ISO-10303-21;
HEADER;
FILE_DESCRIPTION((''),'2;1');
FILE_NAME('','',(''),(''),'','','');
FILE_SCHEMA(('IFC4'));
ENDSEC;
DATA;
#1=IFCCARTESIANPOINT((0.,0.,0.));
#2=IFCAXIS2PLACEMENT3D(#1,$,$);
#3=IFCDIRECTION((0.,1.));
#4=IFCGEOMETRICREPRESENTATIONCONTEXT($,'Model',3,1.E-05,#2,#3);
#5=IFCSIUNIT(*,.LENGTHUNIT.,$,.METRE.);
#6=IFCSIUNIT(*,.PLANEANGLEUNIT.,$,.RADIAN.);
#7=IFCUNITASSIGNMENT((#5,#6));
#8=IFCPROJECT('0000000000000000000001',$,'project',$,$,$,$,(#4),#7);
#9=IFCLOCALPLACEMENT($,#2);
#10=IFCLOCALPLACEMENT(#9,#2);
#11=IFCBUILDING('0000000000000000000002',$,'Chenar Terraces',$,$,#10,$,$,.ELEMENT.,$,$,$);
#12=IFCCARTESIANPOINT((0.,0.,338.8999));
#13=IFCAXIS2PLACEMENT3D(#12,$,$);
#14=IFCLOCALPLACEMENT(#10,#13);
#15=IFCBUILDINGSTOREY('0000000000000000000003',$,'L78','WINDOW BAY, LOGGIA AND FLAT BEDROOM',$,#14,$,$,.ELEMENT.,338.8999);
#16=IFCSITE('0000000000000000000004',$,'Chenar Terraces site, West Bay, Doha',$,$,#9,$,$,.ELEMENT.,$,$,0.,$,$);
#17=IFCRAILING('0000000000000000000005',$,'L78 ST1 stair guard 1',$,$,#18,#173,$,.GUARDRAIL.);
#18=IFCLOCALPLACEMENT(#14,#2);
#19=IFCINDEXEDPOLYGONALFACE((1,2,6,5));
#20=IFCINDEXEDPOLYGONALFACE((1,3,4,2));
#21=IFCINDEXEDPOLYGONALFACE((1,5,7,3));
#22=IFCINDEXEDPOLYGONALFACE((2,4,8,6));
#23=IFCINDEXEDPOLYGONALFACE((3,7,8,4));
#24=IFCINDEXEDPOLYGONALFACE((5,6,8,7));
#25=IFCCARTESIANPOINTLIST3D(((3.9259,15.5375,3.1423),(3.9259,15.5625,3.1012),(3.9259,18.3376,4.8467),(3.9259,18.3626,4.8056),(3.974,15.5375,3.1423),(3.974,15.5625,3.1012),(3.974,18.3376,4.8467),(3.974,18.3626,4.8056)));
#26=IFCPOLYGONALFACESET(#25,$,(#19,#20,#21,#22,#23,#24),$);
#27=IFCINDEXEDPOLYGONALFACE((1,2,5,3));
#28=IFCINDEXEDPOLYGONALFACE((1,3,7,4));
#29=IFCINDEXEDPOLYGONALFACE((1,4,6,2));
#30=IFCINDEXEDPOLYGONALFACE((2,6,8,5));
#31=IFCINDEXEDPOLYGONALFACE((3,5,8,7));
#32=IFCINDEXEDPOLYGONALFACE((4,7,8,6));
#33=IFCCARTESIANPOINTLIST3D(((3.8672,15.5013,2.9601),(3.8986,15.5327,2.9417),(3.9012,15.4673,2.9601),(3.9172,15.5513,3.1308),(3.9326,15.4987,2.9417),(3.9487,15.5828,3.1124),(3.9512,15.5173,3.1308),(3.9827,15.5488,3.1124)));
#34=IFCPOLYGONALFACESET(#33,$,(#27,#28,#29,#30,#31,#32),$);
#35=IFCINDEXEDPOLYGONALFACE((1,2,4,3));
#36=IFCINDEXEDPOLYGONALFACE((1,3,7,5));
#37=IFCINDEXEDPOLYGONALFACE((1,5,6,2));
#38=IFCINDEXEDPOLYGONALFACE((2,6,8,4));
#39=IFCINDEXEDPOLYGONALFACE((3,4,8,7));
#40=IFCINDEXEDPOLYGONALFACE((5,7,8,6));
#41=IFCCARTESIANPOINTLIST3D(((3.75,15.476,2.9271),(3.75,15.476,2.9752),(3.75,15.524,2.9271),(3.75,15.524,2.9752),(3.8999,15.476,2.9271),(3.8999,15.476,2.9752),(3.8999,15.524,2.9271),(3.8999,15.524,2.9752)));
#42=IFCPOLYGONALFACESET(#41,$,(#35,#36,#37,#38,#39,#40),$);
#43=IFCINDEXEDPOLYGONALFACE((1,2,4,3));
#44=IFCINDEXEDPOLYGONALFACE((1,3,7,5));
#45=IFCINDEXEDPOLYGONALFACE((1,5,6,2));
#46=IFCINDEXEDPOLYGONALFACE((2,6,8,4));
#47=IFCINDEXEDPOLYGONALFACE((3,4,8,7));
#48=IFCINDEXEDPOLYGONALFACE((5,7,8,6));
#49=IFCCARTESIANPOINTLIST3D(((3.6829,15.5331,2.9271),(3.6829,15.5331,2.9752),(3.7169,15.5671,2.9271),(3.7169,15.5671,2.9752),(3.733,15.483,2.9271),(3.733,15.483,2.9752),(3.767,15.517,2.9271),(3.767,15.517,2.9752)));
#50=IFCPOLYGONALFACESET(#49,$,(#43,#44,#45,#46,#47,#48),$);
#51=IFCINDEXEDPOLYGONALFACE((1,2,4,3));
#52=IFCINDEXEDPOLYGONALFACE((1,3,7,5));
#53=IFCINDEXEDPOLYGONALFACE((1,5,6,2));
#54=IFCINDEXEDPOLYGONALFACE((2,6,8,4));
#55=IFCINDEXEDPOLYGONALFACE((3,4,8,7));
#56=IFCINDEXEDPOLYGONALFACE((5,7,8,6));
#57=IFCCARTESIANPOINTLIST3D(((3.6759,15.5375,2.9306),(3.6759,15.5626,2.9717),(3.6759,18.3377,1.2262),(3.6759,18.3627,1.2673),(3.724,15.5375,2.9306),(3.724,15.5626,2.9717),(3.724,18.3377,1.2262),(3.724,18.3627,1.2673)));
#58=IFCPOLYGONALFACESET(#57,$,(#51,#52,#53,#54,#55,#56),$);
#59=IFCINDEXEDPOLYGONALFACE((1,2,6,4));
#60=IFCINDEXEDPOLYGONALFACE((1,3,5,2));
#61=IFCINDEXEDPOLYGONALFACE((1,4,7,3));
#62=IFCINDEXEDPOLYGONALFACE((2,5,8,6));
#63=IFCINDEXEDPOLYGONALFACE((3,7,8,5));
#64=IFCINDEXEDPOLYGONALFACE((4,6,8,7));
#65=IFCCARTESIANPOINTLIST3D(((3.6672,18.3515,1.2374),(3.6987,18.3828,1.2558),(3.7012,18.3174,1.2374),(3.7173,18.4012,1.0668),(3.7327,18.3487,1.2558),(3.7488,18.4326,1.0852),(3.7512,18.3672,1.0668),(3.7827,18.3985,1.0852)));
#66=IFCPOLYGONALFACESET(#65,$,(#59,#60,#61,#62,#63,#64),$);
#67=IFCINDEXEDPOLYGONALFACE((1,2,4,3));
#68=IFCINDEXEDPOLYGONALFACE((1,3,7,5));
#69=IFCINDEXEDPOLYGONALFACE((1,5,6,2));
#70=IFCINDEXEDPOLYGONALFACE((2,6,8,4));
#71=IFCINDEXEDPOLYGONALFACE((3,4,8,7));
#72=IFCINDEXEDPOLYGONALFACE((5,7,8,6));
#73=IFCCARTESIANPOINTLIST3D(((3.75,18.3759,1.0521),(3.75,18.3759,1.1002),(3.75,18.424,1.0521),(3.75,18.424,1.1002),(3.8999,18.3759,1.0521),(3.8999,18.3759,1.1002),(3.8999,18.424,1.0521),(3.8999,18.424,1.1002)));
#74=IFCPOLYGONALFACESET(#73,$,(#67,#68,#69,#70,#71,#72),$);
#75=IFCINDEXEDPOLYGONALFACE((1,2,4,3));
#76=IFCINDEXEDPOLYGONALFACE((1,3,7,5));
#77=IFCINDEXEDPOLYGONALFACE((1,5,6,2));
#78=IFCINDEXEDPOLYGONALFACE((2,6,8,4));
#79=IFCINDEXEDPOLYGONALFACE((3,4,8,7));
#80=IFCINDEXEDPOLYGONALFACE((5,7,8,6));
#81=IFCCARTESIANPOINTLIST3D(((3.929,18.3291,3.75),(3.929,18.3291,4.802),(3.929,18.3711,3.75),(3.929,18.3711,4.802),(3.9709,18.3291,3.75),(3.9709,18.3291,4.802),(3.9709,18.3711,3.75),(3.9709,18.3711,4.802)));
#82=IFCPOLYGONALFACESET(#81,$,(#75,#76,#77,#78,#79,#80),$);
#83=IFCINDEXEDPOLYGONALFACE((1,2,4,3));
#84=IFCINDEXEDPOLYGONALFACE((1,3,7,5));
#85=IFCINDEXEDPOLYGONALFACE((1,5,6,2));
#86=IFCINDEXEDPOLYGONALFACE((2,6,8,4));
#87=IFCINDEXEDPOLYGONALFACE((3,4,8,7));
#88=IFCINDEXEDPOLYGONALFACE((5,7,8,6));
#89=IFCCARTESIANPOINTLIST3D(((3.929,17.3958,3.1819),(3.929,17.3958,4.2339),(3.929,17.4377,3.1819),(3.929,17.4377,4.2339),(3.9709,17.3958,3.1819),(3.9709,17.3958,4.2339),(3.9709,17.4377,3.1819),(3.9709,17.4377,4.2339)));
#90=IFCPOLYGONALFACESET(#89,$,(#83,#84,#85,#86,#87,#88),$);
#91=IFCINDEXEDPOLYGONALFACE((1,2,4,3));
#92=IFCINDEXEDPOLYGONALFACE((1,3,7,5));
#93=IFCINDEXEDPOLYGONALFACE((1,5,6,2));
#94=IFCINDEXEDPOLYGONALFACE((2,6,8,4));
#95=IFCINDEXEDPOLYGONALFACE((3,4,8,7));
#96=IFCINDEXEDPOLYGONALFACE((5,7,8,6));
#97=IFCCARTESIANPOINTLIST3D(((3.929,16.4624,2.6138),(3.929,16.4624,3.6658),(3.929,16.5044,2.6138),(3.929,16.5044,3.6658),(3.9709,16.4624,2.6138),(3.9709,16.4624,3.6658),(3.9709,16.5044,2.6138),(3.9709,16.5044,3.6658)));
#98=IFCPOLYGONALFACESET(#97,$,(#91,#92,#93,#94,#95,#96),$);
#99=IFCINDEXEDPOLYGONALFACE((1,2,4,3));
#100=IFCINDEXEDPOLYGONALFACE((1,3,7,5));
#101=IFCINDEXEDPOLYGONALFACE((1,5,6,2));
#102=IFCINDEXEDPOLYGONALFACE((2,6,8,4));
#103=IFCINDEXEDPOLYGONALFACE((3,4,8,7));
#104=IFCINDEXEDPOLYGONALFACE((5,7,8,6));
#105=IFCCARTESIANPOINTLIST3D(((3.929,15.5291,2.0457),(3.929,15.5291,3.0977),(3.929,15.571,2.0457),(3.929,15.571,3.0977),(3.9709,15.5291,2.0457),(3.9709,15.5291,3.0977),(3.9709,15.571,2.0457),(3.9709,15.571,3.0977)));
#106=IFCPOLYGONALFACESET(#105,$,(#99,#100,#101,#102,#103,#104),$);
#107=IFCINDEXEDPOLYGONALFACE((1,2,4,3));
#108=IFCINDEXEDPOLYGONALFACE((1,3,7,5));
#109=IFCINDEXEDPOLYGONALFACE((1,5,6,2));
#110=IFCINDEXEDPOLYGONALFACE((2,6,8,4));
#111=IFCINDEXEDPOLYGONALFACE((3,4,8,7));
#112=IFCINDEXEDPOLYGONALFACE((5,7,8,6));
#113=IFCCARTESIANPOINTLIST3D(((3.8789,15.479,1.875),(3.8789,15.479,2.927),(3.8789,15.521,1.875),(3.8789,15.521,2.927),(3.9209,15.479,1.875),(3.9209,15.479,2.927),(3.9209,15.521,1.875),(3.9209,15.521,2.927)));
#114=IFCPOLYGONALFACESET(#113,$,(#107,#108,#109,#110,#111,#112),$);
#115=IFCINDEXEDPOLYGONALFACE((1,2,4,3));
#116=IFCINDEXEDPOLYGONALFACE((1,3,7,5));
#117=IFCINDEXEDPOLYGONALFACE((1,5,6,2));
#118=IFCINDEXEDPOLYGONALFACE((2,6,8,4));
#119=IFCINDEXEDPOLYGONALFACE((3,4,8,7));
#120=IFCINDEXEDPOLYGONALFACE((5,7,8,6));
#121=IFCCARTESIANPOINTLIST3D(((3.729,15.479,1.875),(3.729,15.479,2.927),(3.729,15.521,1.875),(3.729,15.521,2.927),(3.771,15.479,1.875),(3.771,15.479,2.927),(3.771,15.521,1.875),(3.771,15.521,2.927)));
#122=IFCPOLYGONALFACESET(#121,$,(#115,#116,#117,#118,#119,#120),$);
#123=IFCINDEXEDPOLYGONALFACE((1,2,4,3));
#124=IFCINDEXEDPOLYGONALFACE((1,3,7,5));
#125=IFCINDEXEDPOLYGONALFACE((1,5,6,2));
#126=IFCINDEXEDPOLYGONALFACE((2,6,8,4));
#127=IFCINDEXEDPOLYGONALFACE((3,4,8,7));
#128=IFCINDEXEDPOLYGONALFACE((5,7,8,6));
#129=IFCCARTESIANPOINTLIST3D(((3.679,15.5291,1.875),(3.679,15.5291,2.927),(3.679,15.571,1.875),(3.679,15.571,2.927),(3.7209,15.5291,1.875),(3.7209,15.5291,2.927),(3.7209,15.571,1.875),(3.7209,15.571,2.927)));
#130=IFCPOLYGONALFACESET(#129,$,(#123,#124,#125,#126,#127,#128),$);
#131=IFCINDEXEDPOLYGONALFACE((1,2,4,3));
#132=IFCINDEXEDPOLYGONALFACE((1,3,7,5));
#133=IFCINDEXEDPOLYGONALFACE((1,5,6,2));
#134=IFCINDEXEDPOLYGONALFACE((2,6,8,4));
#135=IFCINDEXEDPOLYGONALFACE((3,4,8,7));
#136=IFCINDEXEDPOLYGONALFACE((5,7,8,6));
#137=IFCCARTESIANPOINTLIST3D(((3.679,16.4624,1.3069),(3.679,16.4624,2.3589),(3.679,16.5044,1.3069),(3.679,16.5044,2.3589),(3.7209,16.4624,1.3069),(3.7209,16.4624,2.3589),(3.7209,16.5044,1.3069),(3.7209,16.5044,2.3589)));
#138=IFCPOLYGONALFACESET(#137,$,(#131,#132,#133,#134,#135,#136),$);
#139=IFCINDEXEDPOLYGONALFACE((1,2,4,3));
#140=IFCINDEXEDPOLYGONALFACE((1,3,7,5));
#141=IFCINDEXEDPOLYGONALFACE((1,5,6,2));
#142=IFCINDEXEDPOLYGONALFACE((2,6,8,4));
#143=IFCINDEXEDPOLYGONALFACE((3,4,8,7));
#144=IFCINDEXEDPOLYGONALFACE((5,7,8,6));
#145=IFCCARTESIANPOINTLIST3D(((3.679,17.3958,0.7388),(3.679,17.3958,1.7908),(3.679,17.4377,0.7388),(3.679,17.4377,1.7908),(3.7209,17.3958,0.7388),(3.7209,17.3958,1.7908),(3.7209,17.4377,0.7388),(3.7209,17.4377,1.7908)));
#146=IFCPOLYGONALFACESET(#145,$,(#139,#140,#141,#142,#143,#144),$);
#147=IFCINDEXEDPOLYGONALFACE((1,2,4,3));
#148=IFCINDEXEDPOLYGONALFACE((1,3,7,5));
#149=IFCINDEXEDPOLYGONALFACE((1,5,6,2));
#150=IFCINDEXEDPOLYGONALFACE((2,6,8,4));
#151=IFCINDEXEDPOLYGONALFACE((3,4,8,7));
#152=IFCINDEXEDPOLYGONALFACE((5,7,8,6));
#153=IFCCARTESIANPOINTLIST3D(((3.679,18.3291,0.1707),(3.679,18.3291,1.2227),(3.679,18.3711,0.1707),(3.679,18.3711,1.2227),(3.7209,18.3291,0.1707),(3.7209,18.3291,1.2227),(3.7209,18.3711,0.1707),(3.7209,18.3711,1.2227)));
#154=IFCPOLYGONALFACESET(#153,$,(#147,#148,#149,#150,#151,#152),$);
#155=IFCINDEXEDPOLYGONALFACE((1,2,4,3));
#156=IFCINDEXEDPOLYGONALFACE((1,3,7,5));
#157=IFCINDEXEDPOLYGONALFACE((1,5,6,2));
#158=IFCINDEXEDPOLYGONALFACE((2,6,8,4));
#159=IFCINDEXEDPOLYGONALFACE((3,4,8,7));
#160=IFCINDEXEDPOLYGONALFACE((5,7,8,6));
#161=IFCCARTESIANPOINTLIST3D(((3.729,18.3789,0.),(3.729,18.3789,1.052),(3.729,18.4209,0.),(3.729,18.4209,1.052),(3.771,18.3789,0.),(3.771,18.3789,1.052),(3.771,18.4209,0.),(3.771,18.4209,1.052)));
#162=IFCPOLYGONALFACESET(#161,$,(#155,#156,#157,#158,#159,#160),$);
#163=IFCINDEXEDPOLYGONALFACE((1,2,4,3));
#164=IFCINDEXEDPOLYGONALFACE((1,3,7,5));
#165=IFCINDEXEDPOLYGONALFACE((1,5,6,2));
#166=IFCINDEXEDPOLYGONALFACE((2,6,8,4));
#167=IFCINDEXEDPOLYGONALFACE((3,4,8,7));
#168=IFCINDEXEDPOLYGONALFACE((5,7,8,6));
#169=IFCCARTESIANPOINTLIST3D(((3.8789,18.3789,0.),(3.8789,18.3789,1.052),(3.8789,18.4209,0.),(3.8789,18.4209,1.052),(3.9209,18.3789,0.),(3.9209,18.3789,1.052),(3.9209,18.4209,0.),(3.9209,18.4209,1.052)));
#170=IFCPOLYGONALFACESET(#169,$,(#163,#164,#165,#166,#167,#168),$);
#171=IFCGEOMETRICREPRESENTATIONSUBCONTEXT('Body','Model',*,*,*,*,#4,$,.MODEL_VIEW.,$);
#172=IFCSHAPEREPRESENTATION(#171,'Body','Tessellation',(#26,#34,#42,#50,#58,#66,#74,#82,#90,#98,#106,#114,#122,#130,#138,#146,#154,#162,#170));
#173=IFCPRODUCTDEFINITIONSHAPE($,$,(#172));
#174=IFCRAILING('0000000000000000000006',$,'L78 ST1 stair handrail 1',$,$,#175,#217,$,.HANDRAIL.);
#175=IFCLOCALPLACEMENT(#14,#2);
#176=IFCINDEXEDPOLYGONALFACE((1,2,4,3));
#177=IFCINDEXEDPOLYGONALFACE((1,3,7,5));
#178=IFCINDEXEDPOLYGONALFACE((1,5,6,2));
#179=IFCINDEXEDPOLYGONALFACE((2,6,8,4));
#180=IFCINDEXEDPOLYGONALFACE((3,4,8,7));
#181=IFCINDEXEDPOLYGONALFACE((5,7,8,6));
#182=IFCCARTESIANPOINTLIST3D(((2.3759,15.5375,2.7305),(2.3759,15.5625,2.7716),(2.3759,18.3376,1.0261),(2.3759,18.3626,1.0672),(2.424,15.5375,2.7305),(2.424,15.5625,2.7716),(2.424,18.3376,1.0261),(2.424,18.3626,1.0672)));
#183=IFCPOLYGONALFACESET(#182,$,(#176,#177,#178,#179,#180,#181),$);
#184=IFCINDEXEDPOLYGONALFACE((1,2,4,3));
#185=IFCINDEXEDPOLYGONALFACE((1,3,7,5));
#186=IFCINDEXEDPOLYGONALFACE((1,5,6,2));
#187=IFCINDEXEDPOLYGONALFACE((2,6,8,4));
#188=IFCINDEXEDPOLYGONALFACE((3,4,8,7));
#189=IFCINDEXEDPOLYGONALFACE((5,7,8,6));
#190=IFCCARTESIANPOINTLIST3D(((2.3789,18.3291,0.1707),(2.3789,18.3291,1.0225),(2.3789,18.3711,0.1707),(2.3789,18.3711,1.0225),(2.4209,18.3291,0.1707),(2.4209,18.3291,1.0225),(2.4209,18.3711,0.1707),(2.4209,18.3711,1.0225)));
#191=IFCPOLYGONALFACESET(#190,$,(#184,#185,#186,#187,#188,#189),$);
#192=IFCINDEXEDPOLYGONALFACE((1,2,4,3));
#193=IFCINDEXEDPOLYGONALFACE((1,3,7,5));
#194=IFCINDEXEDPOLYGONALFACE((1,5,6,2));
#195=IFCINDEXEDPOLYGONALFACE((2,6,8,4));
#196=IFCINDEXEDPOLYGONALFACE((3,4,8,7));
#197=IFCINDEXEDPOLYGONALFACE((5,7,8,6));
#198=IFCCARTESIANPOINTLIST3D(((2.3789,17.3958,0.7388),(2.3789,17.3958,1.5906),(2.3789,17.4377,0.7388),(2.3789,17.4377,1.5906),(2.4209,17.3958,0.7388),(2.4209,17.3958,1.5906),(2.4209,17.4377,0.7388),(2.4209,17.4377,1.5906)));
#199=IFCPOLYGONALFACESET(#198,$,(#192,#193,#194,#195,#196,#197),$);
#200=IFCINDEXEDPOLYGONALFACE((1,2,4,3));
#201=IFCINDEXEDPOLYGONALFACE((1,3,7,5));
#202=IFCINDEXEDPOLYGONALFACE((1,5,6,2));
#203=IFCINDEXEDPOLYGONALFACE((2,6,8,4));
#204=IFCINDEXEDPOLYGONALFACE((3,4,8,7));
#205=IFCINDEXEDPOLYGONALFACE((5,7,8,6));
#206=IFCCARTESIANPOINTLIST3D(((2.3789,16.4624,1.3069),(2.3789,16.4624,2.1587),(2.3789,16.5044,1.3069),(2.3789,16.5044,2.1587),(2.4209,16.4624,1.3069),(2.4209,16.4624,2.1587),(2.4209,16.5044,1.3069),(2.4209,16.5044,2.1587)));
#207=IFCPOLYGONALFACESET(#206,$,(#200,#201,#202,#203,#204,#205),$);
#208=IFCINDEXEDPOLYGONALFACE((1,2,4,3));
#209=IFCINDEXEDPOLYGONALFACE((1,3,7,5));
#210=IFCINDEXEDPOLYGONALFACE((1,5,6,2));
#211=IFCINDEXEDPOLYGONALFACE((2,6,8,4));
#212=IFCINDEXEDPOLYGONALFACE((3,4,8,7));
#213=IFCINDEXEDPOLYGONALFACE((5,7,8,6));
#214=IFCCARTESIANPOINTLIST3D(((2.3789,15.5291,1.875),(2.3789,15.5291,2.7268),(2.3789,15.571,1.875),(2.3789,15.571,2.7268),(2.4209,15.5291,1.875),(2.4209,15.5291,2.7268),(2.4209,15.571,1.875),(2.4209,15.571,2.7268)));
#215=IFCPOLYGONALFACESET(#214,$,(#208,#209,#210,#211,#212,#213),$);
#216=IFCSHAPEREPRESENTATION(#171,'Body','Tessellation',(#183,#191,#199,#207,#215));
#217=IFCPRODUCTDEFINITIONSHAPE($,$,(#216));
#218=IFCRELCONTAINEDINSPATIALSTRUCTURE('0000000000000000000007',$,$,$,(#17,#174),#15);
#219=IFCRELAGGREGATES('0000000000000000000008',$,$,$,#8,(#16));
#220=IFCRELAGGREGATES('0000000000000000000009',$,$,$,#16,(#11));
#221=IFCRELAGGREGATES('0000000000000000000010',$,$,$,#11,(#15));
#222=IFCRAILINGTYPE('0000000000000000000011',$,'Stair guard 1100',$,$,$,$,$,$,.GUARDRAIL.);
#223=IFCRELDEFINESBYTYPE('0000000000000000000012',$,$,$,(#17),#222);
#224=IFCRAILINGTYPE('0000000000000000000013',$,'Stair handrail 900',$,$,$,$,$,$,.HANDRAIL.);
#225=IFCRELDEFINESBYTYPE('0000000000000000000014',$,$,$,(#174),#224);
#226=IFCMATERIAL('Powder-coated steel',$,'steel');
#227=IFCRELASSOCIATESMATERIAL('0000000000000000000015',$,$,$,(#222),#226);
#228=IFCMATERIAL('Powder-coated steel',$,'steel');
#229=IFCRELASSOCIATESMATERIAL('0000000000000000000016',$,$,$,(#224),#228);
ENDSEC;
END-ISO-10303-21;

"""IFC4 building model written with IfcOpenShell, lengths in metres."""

from ifc_helpers import new_model, si_unit, direction, frame, origin, origin_2d, place, context, subcontext, project, spatial, rectangle, extrude, material, type_object, element, save


model = new_model("IFC4")

# Units and contexts
model_context = context("Model", 3, precision=1e-05, world=origin(), true_north=direction((0.0, 1.0)))
body_context = subcontext(model_context, "Body", "Model", "MODEL_VIEW")
ifc_project = project(units=[si_unit("LENGTHUNIT", "METRE"), si_unit("PLANEANGLEUNIT", "RADIAN")], contexts=[model_context])

# Site, building, storey
site_placement = place(None, origin())
site = spatial("IfcSite", under=ifc_project, at=site_placement, Name="Chenar Terraces site, West Bay, Doha", CompositionType="ELEMENT", RefElevation=0.0)
building_placement = place(site_placement, origin())
building = spatial("IfcBuilding", under=site, at=building_placement, Name="Chenar Terraces", CompositionType="ELEMENT")
storey_placement = place(building_placement, frame((0.0, 0.0, 338.8999)))
storey = spatial("IfcBuildingStorey", under=building, at=storey_placement, Name="L78", Description="WINDOW BAY, LOGGIA AND FLAT BEDROOM", CompositionType="ELEMENT", Elevation=338.8999)

# Railings
ifc_material_1 = material(Name="Powder-coated steel", Category="steel")
railing_type_1 = type_object("IfcRailingType", Name="Stair guard 1100", PredefinedType="GUARDRAIL", material=ifc_material_1)
railing_1_placement = place(storey_placement, frame((3.95, 18.3501, 3.75)))
element("IfcRailing", 1, at=railing_1_placement, inside=storey, type_object=railing_type_1, Name="L78 ST1 stair guard 1", PredefinedType="GUARDRAIL", context=body_context, shape_type="SweptSolid", body=[
    extrude(rectangle(XDim=0.0481, YDim=0.0481, at=origin_2d()), frame((0.0, 0.0, 1.0762), z_axis=(0.0, -0.854203, -0.51994), x_axis=(1.0, 0.0, 0.0)), (0.0, 0.0, 1.0), 3.2781),
    extrude(rectangle(XDim=0.0481, YDim=0.0481, at=origin_2d()), frame((0.0, -2.8, -0.6284), z_axis=(-0.2709, -0.2709, -0.923703), x_axis=(0.707107, -0.707107, 0.0)), (0.0, 0.0, 1.0), 0.1848),
    extrude(rectangle(XDim=0.0481, YDim=0.0481, at=origin_2d()), frame((-0.05, -2.8501, -0.7988), z_axis=(-1.0, 0.0, 0.0), x_axis=(0.0, -1.0, 0.0)), (0.0, 0.0, 1.0), 0.1499),
    extrude(rectangle(XDim=0.0481, YDim=0.0481, at=origin_2d()), frame((-0.2, -2.8501, -0.7988), z_axis=(-0.707107, 0.707107, 0.0), x_axis=(-0.707107, -0.707107, 0.0)), (0.0, 0.0, 1.0), 0.0708),
    extrude(rectangle(XDim=0.0481, YDim=0.0481, at=origin_2d()), frame((-0.25, -2.8, -0.7988), z_axis=(0.0, 0.854203, -0.51994), x_axis=(-1.0, 0.0, 0.0)), (0.0, 0.0, 1.0), 3.2781),
    extrude(rectangle(XDim=0.0481, YDim=0.0481, at=origin_2d()), frame((-0.25, 0.0, -2.5034), z_axis=(0.270997, 0.269675, -0.924033), x_axis=(-0.705376, 0.708834, 0.0)), (0.0, 0.0, 1.0), 0.1846),
    extrude(rectangle(XDim=0.0481, YDim=0.0481, at=origin_2d()), frame((-0.2, 0.0498, -2.6738), z_axis=(1.0, 0.0, 0.0), x_axis=(0.0, 1.0, 0.0)), (0.0, 0.0, 1.0), 0.1499),
    extrude(rectangle(XDim=0.042, YDim=0.042, at=origin_2d()), origin(), (0.0, 0.0, 1.0), 1.052),
    extrude(rectangle(XDim=0.042, YDim=0.042, at=origin_2d()), frame((0.0, -0.9333, -0.5681)), (0.0, 0.0, 1.0), 1.052),
    extrude(rectangle(XDim=0.042, YDim=0.042, at=origin_2d()), frame((0.0, -1.8667, -1.1362)), (0.0, 0.0, 1.0), 1.052),
    extrude(rectangle(XDim=0.042, YDim=0.042, at=origin_2d()), frame((0.0, -2.8, -1.7043)), (0.0, 0.0, 1.0), 1.052),
    extrude(rectangle(XDim=0.042, YDim=0.042, at=origin_2d()), frame((-0.05, -2.8501, -1.875)), (0.0, 0.0, 1.0), 1.052),
    extrude(rectangle(XDim=0.042, YDim=0.042, at=origin_2d()), frame((-0.2, -2.8501, -1.875)), (0.0, 0.0, 1.0), 1.052),
    extrude(rectangle(XDim=0.042, YDim=0.042, at=origin_2d()), frame((-0.25, -2.8, -1.875)), (0.0, 0.0, 1.0), 1.052),
    extrude(rectangle(XDim=0.042, YDim=0.042, at=origin_2d()), frame((-0.25, -1.8667, -2.4431)), (0.0, 0.0, 1.0), 1.052),
    extrude(rectangle(XDim=0.042, YDim=0.042, at=origin_2d()), frame((-0.25, -0.9333, -3.0112)), (0.0, 0.0, 1.0), 1.052),
    extrude(rectangle(XDim=0.042, YDim=0.042, at=origin_2d()), frame((-0.25, 0.0, -3.5793)), (0.0, 0.0, 1.0), 1.052),
    extrude(rectangle(XDim=0.042, YDim=0.042, at=origin_2d()), frame((-0.2, 0.0498, -3.75)), (0.0, 0.0, 1.0), 1.052),
    extrude(rectangle(XDim=0.042, YDim=0.042, at=origin_2d()), frame((-0.05, 0.0498, -3.75)), (0.0, 0.0, 1.0), 1.052),
])
ifc_material_2 = material(Name="Powder-coated steel", Category="steel")
railing_type_2 = type_object("IfcRailingType", Name="Stair handrail 900", PredefinedType="HANDRAIL", material=ifc_material_2)
railing_2_placement = place(storey_placement, frame((2.3999, 18.3501, 0.1707)))
element("IfcRailing", 2, at=railing_2_placement, inside=storey, type_object=railing_type_2, Name="L78 ST1 stair handrail 1", PredefinedType="HANDRAIL", context=body_context, shape_type="SweptSolid", body=[
    extrude(rectangle(XDim=0.0481, YDim=0.0481, at=origin_2d()), frame((0.0, 0.0, 0.876), z_axis=(0.0, -0.854203, 0.51994), x_axis=(1.0, 0.0, 0.0)), (0.0, 0.0, 1.0), 3.2781),
    extrude(rectangle(XDim=0.042, YDim=0.042, at=origin_2d()), origin(), (0.0, 0.0, 1.0), 0.8518),
    extrude(rectangle(XDim=0.042, YDim=0.042, at=origin_2d()), frame((0.0, -0.9333, 0.5681)), (0.0, 0.0, 1.0), 0.8518),
    extrude(rectangle(XDim=0.042, YDim=0.042, at=origin_2d()), frame((0.0, -1.8667, 1.1362)), (0.0, 0.0, 1.0), 0.8518),
    extrude(rectangle(XDim=0.042, YDim=0.042, at=origin_2d()), frame((0.0, -2.8, 1.7043)), (0.0, 0.0, 1.0), 0.8518),
])

save(model, "model.ifc")
